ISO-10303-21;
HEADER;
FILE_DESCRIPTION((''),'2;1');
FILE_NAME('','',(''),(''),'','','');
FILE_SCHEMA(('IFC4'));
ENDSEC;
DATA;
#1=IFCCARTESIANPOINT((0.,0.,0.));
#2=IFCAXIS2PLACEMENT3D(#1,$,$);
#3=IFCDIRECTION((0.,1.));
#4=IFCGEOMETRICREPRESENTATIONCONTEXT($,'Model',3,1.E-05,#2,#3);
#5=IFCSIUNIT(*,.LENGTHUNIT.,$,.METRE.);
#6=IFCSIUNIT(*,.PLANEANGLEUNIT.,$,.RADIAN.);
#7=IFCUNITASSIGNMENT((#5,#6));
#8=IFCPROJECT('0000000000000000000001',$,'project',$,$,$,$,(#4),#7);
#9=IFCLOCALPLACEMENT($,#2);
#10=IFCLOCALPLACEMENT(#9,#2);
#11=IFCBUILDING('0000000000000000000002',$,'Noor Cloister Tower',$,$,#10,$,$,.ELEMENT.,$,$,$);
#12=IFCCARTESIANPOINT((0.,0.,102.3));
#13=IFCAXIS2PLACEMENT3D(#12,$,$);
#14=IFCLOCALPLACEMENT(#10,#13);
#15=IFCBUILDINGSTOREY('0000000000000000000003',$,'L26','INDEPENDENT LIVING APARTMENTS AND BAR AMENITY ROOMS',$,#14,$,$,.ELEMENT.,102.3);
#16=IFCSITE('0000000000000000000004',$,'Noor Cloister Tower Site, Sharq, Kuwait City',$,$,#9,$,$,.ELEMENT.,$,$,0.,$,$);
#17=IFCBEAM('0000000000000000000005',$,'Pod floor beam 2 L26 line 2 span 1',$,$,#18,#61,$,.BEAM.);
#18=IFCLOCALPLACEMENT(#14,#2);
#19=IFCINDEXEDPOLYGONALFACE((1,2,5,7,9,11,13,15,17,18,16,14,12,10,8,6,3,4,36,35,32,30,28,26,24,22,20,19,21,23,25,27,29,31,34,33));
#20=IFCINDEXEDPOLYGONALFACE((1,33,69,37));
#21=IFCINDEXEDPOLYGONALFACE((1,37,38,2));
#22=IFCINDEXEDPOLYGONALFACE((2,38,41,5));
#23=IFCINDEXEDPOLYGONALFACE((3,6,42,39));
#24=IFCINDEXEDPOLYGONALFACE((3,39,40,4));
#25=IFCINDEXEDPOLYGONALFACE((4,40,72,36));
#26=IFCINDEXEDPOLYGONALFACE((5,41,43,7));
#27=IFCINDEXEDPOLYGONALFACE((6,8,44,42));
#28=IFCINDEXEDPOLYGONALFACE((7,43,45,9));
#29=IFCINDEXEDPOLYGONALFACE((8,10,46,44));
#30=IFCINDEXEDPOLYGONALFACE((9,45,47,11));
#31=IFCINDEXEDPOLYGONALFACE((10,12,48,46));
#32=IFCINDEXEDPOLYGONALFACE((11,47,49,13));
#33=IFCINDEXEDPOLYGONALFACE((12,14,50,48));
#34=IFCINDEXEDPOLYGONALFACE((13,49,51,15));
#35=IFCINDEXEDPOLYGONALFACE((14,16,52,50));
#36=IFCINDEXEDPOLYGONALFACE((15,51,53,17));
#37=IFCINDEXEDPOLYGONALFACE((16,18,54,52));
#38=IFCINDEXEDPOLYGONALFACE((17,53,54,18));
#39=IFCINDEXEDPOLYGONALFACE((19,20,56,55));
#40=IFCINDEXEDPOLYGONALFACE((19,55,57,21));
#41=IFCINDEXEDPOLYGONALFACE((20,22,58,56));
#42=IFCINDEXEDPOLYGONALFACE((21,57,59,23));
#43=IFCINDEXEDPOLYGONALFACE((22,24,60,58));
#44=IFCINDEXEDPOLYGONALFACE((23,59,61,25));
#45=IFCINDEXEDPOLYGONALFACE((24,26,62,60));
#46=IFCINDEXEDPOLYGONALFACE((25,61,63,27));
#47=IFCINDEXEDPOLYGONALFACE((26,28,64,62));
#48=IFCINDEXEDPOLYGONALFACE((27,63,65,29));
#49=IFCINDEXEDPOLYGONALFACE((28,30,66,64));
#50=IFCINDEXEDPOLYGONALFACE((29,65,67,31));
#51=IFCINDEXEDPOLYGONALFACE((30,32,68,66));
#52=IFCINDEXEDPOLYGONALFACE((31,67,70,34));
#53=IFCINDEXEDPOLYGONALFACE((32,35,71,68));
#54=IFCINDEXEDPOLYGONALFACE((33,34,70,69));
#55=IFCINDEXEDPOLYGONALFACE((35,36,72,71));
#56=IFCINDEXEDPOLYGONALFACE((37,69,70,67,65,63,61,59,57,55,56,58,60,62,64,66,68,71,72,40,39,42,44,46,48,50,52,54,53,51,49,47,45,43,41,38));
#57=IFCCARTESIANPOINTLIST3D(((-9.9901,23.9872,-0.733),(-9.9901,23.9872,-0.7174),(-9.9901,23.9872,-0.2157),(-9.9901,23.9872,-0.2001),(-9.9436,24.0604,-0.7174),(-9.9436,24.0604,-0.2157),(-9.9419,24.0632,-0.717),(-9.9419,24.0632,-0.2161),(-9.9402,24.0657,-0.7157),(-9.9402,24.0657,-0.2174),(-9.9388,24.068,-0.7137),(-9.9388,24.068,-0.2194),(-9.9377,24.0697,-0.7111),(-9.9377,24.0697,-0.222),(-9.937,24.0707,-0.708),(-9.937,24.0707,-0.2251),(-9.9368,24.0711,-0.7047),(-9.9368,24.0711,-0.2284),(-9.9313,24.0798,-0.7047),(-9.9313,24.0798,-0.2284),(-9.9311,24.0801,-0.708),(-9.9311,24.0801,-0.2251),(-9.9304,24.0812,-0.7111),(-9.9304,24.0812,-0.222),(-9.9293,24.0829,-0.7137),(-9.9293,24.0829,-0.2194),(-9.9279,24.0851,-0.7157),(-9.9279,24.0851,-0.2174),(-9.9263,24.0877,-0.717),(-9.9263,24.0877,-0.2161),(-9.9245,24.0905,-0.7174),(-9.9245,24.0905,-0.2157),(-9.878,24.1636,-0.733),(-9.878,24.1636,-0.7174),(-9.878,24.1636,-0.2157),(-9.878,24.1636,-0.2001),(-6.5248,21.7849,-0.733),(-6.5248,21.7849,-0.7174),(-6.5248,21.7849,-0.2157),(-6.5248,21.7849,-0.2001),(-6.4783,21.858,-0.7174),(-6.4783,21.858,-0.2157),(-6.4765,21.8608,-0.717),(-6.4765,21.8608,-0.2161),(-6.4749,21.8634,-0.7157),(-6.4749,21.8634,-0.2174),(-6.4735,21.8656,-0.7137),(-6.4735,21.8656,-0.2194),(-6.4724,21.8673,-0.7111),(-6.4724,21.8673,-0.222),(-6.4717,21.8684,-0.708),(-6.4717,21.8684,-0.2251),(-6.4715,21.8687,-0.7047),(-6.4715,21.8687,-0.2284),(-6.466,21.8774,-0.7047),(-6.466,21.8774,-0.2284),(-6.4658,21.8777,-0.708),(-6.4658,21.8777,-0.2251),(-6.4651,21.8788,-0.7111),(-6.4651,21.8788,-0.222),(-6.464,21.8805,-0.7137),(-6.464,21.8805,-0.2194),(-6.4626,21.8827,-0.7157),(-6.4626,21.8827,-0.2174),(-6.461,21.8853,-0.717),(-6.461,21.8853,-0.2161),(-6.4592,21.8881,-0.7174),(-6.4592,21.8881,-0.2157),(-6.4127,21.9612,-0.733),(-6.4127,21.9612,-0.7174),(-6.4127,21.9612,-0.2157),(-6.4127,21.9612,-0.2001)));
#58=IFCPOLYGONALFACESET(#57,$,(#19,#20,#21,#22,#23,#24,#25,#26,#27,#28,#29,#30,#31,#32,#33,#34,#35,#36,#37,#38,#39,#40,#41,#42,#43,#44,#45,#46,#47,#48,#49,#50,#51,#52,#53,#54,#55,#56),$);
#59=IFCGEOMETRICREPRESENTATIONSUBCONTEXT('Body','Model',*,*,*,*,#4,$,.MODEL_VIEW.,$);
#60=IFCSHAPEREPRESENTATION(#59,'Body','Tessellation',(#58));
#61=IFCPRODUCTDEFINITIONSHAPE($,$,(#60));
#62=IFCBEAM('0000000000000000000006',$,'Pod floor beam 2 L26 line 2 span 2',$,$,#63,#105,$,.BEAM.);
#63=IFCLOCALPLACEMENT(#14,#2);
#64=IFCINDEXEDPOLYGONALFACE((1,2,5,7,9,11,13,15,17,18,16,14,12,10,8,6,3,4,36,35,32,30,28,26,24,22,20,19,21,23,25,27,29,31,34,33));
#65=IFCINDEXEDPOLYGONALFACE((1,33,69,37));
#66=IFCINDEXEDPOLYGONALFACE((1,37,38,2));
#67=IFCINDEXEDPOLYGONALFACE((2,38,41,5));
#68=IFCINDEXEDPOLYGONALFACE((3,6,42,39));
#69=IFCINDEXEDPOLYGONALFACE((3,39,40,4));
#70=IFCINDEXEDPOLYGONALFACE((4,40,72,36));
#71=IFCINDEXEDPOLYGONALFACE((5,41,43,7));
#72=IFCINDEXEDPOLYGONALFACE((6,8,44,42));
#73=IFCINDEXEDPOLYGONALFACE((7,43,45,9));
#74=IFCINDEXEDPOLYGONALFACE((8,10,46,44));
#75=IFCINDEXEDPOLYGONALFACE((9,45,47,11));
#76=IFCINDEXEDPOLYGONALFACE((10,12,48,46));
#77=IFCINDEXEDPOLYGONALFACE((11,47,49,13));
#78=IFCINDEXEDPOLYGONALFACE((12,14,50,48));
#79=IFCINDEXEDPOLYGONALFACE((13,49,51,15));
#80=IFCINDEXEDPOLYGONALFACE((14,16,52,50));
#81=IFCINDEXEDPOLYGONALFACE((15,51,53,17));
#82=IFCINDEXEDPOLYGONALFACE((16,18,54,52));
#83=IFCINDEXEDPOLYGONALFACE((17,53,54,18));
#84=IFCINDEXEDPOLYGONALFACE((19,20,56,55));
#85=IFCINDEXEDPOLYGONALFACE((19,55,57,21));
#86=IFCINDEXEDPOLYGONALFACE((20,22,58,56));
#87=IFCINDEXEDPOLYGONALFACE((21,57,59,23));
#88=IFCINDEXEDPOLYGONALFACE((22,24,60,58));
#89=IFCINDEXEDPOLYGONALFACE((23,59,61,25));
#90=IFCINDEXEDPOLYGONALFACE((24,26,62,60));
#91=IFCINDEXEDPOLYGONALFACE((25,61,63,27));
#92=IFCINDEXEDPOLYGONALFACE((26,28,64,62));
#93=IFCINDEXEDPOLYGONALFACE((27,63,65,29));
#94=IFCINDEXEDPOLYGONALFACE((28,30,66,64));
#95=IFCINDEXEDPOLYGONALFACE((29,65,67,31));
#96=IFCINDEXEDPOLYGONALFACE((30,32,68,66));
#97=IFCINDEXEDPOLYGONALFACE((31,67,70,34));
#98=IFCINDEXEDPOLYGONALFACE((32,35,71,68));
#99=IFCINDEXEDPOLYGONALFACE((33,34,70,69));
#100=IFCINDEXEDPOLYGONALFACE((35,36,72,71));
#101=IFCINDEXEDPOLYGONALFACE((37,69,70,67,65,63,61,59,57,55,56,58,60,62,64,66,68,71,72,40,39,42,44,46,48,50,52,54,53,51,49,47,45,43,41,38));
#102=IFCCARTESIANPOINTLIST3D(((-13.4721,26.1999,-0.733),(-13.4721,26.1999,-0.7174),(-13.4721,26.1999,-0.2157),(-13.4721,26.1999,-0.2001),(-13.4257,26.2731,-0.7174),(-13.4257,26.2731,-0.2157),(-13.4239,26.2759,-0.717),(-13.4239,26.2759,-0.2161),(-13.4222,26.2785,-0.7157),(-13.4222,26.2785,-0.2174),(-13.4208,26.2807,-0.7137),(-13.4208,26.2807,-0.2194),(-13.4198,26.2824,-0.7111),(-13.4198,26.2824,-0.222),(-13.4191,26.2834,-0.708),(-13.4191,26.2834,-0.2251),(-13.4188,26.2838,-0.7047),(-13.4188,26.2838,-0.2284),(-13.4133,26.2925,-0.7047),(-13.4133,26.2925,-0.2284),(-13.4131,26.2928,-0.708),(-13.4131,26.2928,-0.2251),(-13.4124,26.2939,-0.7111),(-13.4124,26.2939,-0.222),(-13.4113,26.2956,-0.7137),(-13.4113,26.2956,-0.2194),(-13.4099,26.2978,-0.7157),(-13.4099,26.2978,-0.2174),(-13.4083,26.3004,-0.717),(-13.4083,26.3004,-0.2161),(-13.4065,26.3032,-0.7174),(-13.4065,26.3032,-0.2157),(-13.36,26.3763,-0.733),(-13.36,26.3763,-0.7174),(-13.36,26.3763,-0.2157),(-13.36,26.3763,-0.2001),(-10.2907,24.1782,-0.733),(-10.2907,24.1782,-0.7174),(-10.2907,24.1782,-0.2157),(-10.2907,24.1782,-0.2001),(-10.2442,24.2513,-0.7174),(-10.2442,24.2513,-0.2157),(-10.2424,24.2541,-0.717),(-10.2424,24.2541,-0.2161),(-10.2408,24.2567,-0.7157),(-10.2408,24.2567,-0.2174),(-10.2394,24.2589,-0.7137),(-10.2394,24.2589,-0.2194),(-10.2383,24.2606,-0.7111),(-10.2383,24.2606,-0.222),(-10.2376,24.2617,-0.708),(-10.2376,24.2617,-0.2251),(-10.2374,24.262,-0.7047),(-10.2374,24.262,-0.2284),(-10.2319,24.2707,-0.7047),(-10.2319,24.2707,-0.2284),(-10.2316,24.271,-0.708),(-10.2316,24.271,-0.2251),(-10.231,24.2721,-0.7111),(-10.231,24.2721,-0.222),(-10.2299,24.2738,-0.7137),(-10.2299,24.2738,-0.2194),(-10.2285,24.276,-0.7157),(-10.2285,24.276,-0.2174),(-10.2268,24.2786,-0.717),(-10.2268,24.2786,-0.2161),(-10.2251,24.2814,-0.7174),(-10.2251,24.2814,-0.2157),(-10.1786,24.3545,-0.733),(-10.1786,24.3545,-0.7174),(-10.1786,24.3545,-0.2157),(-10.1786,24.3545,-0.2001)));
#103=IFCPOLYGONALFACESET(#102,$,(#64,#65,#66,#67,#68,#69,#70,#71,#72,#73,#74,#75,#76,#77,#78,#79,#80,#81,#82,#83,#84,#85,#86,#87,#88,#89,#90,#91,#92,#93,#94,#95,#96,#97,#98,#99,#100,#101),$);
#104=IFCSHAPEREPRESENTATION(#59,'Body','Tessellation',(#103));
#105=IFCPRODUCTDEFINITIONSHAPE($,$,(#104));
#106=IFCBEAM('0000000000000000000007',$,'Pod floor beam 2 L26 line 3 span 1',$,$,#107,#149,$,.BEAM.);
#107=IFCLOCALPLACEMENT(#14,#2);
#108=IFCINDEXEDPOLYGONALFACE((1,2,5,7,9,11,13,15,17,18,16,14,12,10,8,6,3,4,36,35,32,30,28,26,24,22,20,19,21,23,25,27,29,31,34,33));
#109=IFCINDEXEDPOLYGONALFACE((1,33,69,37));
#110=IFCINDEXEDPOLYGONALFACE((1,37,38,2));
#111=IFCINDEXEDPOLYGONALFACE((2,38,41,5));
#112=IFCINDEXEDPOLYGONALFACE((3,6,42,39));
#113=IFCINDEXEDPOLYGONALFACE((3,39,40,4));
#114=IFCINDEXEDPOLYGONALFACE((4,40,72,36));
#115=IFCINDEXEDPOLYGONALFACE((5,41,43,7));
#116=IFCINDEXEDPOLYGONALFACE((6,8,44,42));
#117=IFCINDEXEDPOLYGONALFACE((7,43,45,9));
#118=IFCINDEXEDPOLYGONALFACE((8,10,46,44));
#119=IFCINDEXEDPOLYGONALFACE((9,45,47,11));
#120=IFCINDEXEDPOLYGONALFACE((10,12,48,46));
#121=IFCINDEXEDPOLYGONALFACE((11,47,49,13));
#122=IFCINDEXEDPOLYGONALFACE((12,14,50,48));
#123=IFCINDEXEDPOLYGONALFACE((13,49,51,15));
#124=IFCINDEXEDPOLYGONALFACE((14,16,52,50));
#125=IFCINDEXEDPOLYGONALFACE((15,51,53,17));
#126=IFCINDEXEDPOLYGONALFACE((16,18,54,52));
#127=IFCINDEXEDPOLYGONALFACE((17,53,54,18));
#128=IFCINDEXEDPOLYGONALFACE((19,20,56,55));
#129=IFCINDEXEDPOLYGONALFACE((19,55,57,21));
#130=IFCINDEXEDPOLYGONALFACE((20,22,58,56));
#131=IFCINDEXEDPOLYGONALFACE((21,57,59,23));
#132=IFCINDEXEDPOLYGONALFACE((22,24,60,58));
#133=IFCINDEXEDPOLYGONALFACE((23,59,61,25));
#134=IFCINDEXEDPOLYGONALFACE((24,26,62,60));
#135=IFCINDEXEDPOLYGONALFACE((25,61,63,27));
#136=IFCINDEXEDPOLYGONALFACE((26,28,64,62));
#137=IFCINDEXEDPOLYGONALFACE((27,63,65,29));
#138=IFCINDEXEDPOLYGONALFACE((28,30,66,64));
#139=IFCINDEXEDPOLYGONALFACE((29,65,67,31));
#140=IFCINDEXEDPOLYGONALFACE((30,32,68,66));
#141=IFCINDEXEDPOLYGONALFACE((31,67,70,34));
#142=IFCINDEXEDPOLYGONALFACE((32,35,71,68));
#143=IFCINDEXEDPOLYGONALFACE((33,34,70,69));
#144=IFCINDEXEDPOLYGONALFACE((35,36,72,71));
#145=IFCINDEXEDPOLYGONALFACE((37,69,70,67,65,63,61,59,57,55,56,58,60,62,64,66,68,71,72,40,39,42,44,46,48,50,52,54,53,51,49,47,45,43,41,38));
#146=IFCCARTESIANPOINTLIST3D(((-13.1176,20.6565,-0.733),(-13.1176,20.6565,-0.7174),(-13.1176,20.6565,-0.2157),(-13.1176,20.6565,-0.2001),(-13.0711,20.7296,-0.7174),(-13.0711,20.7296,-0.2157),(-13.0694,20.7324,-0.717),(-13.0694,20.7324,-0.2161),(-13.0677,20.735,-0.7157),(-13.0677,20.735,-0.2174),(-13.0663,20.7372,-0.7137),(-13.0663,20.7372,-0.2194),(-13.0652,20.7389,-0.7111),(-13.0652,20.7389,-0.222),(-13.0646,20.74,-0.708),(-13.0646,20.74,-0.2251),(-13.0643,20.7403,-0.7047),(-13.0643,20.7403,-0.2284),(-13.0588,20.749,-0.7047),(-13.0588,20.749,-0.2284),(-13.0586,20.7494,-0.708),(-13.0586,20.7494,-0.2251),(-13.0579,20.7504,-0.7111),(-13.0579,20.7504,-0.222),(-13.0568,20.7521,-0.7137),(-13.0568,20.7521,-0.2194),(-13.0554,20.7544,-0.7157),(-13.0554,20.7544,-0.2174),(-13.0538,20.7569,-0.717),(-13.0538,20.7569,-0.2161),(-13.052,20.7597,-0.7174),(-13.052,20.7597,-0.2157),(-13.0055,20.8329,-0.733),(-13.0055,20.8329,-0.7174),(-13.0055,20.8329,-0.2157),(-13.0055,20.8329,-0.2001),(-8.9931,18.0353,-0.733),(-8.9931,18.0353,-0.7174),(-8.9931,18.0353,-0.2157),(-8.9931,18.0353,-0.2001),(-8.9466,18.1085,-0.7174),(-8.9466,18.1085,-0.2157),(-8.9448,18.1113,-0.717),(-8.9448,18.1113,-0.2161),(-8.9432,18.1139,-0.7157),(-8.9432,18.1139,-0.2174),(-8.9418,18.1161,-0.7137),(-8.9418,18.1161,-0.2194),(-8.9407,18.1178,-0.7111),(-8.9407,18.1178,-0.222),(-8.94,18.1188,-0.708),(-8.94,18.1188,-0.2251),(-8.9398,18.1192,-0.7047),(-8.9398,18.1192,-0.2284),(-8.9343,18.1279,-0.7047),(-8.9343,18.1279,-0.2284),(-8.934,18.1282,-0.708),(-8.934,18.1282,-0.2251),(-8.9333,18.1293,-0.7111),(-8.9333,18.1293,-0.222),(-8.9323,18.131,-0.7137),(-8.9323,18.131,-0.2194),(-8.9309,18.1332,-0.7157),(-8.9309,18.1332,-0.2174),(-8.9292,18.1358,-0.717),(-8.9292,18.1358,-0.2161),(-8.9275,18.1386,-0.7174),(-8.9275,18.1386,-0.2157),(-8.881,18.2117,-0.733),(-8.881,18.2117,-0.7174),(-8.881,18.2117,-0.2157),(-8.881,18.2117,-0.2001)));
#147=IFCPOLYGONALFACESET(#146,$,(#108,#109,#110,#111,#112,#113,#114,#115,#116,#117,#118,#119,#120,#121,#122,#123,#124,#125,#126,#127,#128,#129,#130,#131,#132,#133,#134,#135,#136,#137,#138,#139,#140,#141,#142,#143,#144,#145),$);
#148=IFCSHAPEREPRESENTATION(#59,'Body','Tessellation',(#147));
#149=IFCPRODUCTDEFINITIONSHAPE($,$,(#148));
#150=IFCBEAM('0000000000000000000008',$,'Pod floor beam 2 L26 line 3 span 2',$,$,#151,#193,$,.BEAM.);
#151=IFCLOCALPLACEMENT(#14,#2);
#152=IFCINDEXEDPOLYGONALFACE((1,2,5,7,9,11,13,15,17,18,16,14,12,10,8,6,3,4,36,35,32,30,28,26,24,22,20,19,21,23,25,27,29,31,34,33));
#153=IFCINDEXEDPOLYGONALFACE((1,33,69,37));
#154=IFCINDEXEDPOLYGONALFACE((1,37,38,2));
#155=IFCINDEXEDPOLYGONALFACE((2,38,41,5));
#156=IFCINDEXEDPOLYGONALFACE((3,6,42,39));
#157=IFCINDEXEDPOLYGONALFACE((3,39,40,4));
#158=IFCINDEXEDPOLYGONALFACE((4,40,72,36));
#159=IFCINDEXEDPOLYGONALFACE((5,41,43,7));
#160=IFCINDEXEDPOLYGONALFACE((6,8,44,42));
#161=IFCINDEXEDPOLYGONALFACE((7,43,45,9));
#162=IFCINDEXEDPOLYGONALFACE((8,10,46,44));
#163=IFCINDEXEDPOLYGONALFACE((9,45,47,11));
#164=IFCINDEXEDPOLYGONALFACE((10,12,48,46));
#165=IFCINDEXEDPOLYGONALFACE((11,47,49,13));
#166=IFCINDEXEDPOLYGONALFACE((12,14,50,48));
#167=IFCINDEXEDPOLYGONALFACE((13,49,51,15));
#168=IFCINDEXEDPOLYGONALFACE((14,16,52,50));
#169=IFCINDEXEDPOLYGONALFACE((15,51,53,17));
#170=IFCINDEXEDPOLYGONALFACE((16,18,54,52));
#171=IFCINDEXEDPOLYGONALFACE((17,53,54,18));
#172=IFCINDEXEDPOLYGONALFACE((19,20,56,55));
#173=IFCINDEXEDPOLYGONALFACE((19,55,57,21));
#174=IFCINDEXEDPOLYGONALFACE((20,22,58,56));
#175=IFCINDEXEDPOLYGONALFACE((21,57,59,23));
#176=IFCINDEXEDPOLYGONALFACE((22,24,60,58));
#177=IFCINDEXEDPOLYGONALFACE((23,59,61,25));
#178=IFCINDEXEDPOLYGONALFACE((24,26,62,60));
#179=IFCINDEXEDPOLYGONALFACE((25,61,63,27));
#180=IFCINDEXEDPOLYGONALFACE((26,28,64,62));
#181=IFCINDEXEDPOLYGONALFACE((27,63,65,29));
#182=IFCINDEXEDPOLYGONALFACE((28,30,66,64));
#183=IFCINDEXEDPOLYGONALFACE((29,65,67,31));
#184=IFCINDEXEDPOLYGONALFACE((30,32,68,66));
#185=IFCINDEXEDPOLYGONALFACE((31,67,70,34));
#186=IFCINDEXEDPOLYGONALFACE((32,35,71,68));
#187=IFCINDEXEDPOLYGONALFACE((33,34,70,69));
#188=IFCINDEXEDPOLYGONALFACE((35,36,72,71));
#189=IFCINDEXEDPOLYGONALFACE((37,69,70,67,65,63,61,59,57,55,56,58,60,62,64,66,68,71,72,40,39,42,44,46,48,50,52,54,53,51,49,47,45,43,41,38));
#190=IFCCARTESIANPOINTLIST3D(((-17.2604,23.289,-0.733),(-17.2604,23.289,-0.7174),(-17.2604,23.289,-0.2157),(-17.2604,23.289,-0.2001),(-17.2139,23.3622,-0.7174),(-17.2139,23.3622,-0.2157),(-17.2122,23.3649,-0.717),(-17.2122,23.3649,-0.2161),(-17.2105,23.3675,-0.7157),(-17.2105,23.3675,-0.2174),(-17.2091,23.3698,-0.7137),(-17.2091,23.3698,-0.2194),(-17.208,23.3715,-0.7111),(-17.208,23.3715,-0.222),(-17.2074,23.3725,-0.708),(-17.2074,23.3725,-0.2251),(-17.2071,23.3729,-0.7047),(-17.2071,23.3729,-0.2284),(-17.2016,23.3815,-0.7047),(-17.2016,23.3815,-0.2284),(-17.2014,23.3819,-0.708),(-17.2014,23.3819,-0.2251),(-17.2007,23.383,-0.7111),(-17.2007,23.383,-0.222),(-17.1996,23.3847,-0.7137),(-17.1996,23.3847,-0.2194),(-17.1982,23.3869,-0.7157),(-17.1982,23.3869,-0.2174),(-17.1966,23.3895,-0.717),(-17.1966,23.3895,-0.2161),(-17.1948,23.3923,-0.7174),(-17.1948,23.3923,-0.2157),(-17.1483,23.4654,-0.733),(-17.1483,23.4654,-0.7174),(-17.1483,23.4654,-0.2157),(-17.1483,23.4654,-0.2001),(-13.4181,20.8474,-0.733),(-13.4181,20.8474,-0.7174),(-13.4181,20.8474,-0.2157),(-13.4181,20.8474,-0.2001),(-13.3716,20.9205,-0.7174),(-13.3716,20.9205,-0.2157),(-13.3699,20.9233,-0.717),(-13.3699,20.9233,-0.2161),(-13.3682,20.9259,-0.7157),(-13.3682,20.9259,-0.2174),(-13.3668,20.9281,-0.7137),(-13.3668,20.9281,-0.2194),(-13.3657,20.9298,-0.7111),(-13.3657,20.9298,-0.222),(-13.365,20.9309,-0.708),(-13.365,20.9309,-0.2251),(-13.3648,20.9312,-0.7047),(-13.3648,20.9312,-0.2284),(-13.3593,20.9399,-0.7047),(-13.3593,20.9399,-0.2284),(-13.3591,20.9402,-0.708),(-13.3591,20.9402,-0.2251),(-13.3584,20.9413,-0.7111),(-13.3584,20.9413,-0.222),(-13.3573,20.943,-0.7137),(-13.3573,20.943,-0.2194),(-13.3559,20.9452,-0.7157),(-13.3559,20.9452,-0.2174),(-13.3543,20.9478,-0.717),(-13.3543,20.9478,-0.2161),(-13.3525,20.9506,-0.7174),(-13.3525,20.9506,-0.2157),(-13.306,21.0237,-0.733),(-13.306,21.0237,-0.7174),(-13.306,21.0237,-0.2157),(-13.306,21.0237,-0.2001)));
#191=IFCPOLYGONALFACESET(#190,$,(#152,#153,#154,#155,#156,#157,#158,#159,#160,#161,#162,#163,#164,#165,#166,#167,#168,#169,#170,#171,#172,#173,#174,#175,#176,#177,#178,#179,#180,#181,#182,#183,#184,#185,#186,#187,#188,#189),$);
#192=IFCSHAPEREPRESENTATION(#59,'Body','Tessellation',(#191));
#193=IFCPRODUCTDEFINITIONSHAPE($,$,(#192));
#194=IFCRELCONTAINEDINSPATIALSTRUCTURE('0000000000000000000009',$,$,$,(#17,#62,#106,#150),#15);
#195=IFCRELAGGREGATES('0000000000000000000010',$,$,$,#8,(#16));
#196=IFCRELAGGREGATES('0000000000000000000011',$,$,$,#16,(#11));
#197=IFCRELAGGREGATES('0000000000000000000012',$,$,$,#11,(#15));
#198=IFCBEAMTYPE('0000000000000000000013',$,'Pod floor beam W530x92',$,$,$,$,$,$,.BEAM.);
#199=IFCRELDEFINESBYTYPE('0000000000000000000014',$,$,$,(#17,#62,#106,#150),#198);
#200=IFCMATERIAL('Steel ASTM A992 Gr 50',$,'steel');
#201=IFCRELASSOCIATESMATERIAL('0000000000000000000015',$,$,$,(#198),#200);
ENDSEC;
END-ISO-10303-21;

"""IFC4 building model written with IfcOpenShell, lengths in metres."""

from ifc_helpers import new_model, si_unit, direction, frame, origin, origin_2d, place, context, subcontext, project, spatial, i_section, extrude, material, material_profile, profile_set, type_object, element, save


model = new_model("IFC4")

# Units and contexts
model_context = context("Model", 3, precision=1e-05, world=origin(), true_north=direction((0.0, 1.0)))
body_context = subcontext(model_context, "Body", "Model", "MODEL_VIEW")
ifc_project = project(units=[si_unit("LENGTHUNIT", "METRE"), si_unit("PLANEANGLEUNIT", "RADIAN")], contexts=[model_context])

# Site, building, storey
site_placement = place(None, origin())
site = spatial("IfcSite", under=ifc_project, at=site_placement, Name="Noor Cloister Tower Site, Sharq, Kuwait City", CompositionType="ELEMENT", RefElevation=0.0)
building_placement = place(site_placement, origin())
building = spatial("IfcBuilding", under=site, at=building_placement, Name="Noor Cloister Tower", CompositionType="ELEMENT")
storey_placement = place(building_placement, frame((0.0, 0.0, 102.3)))
storey = spatial("IfcBuildingStorey", under=building, at=storey_placement, Name="L26", Description="INDEPENDENT LIVING APARTMENTS AND BAR AMENITY ROOMS", CompositionType="ELEMENT", Elevation=102.3)

# Beams
ifc_material_1 = material(Name="Steel ASTM A992 Gr 50", Category="steel")
ifc_material_profile_1 = material_profile(ifc_material_1, i_section(OverallWidth=0.209, OverallDepth=0.533, WebThickness=0.0103, FlangeThickness=0.0156, FilletRadius=0.0127, at=origin_2d()), Name="W530x92")
ifc_profile_set_1 = profile_set([ifc_material_profile_1], Name="Steel ASTM A992 Gr 50")
beam_type_1 = type_object("IfcBeamType", Name="Pod floor beam W530x92", PredefinedType="BEAM", material=ifc_profile_set_1)
beam_1_placement = place(storey_placement, frame((-6.4688, 21.873, -0.4666), z_axis=(-0.843972, 0.536387, 0.0), x_axis=(-0.536387, -0.843972, 0.0)))
element("IfcBeam", 1, at=beam_1_placement, inside=storey, type_object=beam_type_1, Name="Pod floor beam 2 L26 line 2 span 1", PredefinedType="BEAM", context=body_context, shape_type="SweptSolid", body=[
    extrude(i_section(OverallWidth=0.209, OverallDepth=0.533, WebThickness=0.0103, FlangeThickness=0.0156, FilletRadius=0.0127, at=origin_2d()), origin(), (0.0, 0.0, 1.0), 4.106),
])
beam_2_placement = place(storey_placement, frame((-10.2346, 24.2664, -0.4666), z_axis=(-0.843997, 0.536347, 0.0), x_axis=(-0.536347, -0.843997, 0.0)))
element("IfcBeam", 2, at=beam_2_placement, inside=storey, type_object=beam_type_1, Name="Pod floor beam 2 L26 line 2 span 2", PredefinedType="BEAM", context=body_context, shape_type="SweptSolid", body=[
    extrude(i_section(OverallWidth=0.209, OverallDepth=0.533, WebThickness=0.0103, FlangeThickness=0.0156, FilletRadius=0.0127, at=origin_2d()), origin(), (0.0, 0.0, 1.0), 3.7695),
])
beam_3_placement = place(storey_placement, frame((-8.937, 18.1235, -0.4666), z_axis=(-0.843995, 0.536352, 0.0), x_axis=(-0.536352, -0.843995, 0.0)))
element("IfcBeam", 3, at=beam_3_placement, inside=storey, type_object=beam_type_1, Name="Pod floor beam 2 L26 line 3 span 1", PredefinedType="BEAM", context=body_context, shape_type="SweptSolid", body=[
    extrude(i_section(OverallWidth=0.209, OverallDepth=0.533, WebThickness=0.0103, FlangeThickness=0.0156, FilletRadius=0.0127, at=origin_2d()), origin(), (0.0, 0.0, 1.0), 4.887),
])
beam_4_placement = place(storey_placement, frame((-13.3621, 20.9355, -0.4666), z_axis=(-0.844004, 0.536338, 0.0), x_axis=(-0.536338, -0.844004, 0.0)))
element("IfcBeam", 4, at=beam_4_placement, inside=storey, type_object=beam_type_1, Name="Pod floor beam 2 L26 line 3 span 2", PredefinedType="BEAM", context=body_context, shape_type="SweptSolid", body=[
    extrude(i_section(OverallWidth=0.209, OverallDepth=0.533, WebThickness=0.0103, FlangeThickness=0.0156, FilletRadius=0.0127, at=origin_2d()), origin(), (0.0, 0.0, 1.0), 4.5525),
])

save(model, "model.ifc")
